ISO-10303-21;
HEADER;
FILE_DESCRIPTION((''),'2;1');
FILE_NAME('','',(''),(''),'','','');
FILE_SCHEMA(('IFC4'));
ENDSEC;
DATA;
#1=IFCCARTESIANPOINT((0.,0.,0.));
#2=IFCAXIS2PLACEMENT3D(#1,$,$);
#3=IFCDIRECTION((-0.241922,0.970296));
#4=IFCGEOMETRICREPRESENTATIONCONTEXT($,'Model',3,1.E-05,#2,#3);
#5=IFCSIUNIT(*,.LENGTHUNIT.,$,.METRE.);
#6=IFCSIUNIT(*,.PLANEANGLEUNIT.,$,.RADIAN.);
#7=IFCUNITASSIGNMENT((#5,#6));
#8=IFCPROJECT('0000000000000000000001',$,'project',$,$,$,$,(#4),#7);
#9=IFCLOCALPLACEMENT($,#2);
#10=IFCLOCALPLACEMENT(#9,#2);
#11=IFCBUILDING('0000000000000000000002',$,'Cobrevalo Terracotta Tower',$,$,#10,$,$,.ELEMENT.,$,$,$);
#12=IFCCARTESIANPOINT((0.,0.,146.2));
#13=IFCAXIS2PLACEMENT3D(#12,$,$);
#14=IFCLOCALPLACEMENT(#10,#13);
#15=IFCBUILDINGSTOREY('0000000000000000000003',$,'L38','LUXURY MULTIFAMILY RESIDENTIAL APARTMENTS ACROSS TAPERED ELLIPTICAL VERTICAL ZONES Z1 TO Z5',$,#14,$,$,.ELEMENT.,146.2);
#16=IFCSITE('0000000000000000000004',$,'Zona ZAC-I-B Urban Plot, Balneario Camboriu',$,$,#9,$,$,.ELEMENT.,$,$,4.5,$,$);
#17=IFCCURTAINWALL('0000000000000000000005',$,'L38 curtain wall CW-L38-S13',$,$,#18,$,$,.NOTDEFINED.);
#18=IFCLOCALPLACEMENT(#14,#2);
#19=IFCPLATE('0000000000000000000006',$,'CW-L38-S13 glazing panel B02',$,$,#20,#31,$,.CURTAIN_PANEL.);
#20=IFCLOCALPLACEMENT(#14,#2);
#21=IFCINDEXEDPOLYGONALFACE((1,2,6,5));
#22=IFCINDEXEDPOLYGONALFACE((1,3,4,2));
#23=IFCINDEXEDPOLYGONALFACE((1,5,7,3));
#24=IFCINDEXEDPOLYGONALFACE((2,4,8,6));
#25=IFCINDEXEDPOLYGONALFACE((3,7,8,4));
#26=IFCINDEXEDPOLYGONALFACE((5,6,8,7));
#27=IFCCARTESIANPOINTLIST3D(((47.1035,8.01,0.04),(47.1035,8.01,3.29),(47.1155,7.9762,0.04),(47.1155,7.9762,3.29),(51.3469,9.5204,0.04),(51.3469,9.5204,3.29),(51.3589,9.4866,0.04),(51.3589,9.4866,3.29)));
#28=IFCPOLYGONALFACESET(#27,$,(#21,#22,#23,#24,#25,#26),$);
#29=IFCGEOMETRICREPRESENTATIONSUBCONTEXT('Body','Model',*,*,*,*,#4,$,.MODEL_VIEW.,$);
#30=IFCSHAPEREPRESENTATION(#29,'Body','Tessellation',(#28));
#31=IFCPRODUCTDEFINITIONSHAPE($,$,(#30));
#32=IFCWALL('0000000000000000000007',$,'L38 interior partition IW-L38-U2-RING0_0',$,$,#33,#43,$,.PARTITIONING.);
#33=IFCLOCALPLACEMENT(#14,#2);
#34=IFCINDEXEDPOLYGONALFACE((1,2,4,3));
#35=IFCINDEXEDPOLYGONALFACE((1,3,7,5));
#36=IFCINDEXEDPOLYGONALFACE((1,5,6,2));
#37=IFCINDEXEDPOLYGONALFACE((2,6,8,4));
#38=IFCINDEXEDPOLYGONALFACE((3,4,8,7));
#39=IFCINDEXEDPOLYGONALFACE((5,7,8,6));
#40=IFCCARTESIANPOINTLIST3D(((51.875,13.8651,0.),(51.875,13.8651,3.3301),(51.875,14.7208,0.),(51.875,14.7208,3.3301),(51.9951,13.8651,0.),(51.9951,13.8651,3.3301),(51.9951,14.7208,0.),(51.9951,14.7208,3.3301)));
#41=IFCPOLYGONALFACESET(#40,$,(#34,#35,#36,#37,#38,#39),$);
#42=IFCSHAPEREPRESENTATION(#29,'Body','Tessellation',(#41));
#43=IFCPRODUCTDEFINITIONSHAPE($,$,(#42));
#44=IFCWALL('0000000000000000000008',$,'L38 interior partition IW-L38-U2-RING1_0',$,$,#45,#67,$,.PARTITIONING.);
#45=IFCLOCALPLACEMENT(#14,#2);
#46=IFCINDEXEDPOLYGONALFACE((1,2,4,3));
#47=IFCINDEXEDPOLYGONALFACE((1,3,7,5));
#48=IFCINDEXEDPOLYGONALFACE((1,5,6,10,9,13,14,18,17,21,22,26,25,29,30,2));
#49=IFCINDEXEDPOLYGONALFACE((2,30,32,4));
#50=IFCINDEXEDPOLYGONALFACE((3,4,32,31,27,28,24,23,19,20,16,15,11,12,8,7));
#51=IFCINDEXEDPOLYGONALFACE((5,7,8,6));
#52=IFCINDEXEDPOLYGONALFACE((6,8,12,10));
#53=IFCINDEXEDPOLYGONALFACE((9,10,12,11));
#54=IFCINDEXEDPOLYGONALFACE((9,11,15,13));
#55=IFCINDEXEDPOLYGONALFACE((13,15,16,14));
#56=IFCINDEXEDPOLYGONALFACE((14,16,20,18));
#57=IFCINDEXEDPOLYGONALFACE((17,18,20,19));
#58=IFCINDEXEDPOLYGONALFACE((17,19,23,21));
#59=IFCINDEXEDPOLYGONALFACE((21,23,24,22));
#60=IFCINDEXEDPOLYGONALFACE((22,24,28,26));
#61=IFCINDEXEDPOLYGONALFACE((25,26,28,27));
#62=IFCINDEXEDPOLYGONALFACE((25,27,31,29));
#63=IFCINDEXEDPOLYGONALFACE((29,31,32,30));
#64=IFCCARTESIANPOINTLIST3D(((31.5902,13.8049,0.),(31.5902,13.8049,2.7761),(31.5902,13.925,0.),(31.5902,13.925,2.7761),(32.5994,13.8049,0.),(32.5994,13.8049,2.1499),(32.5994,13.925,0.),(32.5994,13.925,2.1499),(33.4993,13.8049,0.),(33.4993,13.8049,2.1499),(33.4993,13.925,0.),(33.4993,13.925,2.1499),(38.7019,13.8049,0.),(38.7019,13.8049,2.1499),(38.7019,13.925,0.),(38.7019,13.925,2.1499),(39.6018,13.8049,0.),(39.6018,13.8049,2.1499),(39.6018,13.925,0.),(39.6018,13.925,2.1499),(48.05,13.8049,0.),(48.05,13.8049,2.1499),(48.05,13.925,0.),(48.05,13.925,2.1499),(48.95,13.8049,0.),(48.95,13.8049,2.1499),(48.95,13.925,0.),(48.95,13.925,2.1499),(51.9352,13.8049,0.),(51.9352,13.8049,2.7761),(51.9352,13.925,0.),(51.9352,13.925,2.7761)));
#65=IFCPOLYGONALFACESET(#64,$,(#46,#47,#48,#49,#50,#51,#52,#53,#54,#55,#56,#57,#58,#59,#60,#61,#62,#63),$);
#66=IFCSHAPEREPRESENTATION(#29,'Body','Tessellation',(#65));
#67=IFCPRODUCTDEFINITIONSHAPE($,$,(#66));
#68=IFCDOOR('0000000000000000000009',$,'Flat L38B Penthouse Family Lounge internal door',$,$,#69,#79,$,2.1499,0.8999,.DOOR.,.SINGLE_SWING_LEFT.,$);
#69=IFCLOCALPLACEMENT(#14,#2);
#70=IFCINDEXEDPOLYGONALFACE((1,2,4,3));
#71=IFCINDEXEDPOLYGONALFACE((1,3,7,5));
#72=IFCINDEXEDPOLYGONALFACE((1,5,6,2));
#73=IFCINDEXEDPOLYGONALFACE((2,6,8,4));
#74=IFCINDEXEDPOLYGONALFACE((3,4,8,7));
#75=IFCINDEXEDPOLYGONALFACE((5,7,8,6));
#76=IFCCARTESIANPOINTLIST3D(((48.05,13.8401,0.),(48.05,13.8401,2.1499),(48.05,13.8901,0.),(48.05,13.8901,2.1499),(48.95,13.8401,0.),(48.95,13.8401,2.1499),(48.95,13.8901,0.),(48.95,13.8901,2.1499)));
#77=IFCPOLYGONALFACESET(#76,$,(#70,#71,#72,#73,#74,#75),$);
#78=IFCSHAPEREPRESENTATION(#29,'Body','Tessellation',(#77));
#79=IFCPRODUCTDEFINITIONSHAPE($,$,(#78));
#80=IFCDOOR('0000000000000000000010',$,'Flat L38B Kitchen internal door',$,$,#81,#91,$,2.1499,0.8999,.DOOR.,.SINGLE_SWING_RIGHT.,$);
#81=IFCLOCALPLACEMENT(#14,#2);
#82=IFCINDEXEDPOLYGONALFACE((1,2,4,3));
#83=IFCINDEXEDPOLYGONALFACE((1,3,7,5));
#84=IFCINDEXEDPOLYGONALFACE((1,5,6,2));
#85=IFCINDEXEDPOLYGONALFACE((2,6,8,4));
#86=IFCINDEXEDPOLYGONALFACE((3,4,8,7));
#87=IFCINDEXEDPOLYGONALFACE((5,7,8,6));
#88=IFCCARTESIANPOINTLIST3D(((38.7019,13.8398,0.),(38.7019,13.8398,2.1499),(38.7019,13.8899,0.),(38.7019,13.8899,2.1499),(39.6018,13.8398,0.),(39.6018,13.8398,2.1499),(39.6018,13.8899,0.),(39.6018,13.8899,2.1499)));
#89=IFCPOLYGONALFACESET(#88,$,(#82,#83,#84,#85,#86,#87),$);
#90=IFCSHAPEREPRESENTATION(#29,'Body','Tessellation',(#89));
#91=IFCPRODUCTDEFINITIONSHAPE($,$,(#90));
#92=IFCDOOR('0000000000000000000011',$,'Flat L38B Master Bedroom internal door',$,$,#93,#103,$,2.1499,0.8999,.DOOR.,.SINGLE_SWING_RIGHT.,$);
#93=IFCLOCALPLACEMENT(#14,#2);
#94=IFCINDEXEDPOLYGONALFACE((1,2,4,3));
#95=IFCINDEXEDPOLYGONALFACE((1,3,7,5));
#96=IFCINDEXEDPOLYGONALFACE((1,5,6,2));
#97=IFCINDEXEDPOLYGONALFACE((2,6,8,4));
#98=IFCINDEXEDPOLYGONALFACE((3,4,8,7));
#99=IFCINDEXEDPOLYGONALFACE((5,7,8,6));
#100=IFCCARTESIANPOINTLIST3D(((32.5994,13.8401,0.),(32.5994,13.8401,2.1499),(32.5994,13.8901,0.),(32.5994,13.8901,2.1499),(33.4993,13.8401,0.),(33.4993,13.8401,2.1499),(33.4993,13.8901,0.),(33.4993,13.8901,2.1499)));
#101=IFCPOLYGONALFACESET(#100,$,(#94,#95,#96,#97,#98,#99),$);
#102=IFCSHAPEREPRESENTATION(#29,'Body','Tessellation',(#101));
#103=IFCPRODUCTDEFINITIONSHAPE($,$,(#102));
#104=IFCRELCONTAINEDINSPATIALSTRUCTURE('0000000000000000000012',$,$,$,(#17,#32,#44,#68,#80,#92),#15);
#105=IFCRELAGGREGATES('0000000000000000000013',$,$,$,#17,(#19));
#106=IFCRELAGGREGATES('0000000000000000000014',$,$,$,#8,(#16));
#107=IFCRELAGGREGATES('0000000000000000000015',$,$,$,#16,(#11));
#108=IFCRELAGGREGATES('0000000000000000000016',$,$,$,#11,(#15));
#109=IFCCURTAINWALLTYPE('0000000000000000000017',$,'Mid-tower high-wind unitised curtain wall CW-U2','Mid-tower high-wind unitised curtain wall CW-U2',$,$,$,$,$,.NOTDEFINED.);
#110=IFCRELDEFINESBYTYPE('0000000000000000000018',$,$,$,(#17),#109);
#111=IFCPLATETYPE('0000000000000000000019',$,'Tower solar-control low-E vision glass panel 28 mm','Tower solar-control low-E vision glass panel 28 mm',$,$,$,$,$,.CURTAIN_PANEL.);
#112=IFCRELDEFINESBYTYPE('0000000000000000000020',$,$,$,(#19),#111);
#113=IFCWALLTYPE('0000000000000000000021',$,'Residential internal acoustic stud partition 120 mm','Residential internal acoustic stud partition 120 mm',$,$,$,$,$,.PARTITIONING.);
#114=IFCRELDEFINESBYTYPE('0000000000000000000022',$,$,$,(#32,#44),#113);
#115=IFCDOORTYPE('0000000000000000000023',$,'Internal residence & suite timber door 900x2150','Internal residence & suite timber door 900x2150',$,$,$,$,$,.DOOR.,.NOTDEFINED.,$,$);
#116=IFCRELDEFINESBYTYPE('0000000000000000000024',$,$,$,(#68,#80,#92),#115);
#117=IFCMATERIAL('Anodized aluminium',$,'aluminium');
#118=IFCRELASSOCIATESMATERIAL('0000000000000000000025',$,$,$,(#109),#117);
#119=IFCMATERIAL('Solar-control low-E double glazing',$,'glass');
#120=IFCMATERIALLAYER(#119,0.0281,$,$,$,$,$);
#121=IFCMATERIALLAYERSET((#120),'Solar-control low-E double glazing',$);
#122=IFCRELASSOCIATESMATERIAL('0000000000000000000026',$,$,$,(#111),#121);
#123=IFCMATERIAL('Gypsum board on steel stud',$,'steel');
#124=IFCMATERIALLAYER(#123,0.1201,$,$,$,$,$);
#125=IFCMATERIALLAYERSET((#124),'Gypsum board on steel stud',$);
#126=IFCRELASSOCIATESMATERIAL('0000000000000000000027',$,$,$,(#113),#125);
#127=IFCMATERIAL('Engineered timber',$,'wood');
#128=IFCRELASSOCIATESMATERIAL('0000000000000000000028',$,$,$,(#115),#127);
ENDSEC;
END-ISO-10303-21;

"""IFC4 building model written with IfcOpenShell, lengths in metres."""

from ifc_helpers import new_model, si_unit, direction, frame, frame_2d, origin, origin_2d, place, context, subcontext, project, spatial, rectangle, extrude, source, transform, mapped, material, layer, layer_set, type_object, element, fill, aggregate, save


model = new_model("IFC4")

# Units and contexts
model_context = context("Model", 3, precision=1e-05, world=origin(), true_north=direction((-0.241922, 0.970296)))
body_context = subcontext(model_context, "Body", "Model", "MODEL_VIEW")
ifc_project = project(units=[si_unit("LENGTHUNIT", "METRE"), si_unit("PLANEANGLEUNIT", "RADIAN")], contexts=[model_context])

# Site, building, storey
site_placement = place(None, origin())
site = spatial("IfcSite", under=ifc_project, at=site_placement, Name="Zona ZAC-I-B Urban Plot, Balneario Camboriu", CompositionType="ELEMENT", RefElevation=4.5)
building_placement = place(site_placement, origin())
building = spatial("IfcBuilding", under=site, at=building_placement, Name="Cobrevalo Terracotta Tower", CompositionType="ELEMENT")
storey_placement = place(building_placement, frame((0.0, 0.0, 146.2)))
storey = spatial("IfcBuildingStorey", under=building, at=storey_placement, Name="L38", Description="LUXURY MULTIFAMILY RESIDENTIAL APARTMENTS ACROSS TAPERED ELLIPTICAL VERTICAL ZONES Z1 TO Z5", CompositionType="ELEMENT", Elevation=146.2)

# Curtain wall
ifc_material_1 = material(Name="Anodized aluminium", Category="aluminium")
curtain_wall_type = type_object("IfcCurtainWallType", Name="Mid-tower high-wind unitised curtain wall CW-U2", Description="Mid-tower high-wind unitised curtain wall CW-U2", PredefinedType="NOTDEFINED", material=ifc_material_1)
curtain_wall_1_placement = place(storey_placement, origin())
curtain_wall_1 = element("IfcCurtainWall", 1, at=curtain_wall_1_placement, inside=storey, type_object=curtain_wall_type, Name="L38 curtain wall CW-L38-S13", PredefinedType="NOTDEFINED")

# Plate
ifc_material_2 = material(Name="Solar-control low-E double glazing", Category="glass")
ifc_layer_1 = layer(ifc_material_2, 0.0281)
ifc_layer_set_1 = layer_set([ifc_layer_1], Name="Solar-control low-E double glazing")
plate_type = type_object("IfcPlateType", Name="Tower solar-control low-E vision glass panel 28 mm", Description="Tower solar-control low-E vision glass panel 28 mm", PredefinedType="CURTAIN_PANEL", material=ifc_layer_set_1)
shared_shape_1 = source(origin(), body_context, "Body", "SweptSolid", [
    extrude(rectangle(XDim=4.5042, YDim=0.0359, at=origin_2d()), origin(), (0.0, 0.0, 1.0), 3.25),
])
plate_1_placement = place(storey_placement, frame((49.2312, 8.7483, 0.04), z_axis=(0.0, 0.0, 1.0), x_axis=(0.942098, 0.335336, 0.0)))
plate_1 = element("IfcPlate", 2, at=plate_1_placement, type_object=plate_type, Name="CW-L38-S13 glazing panel B02", PredefinedType="CURTAIN_PANEL", context=body_context, shape_type="MappedRepresentation", body=[
    mapped(shared_shape_1, transform((0.0, 0.0, 0.0), scale=1.0)),
])
aggregate(curtain_wall_1, [plate_1])

# Wall
ifc_material_3 = material(Name="Gypsum board on steel stud", Category="steel")
ifc_layer_2 = layer(ifc_material_3, 0.1201)
ifc_layer_set_2 = layer_set([ifc_layer_2], Name="Gypsum board on steel stud")
wall_type = type_object("IfcWallType", Name="Residential internal acoustic stud partition 120 mm", Description="Residential internal acoustic stud partition 120 mm", PredefinedType="PARTITIONING", material=ifc_layer_set_2)
wall_1_placement = place(storey_placement, frame((51.9351, 14.7207, 0.0), z_axis=(0.0, 0.0, 1.0), x_axis=(0.0, -1.0, 0.0)))
element("IfcWall", 3, at=wall_1_placement, inside=storey, type_object=wall_type, Name="L38 interior partition IW-L38-U2-RING0_0", PredefinedType="PARTITIONING", context=body_context, shape_type="SweptSolid", body=[
    extrude(rectangle(XDim=0.8557, YDim=0.1201, at=frame_2d((0.4277, 0.0))), origin(), (0.0, 0.0, 1.0), 3.3301),
])

# Wall, openings, doors
wall_2_placement = place(storey_placement, frame((51.9351, 13.865, 0.0), z_axis=(0.0, 0.0, 1.0), x_axis=(-1.0, 0.0, 0.0)))
wall_2 = element("IfcWall", 4, at=wall_2_placement, inside=storey, type_object=wall_type, Name="L38 interior partition IW-L38-U2-RING1_0", PredefinedType="PARTITIONING", context=body_context, shape_type="SweptSolid", body=[
    extrude(rectangle(XDim=20.345, YDim=0.1201, at=frame_2d((10.1724, 0.0))), origin(), (0.0, 0.0, 1.0), 2.7761),
])
opening_1_placement = place(wall_2_placement, frame((2.9851, 0.0, 0.0)))
opening_1 = element("IfcOpeningElement", 5, at=opening_1_placement, cuts=wall_2, PredefinedType="OPENING", context=body_context, shape_type="SweptSolid", body=[
    extrude(rectangle(XDim=0.8999, YDim=2.1499, at=frame_2d((0.45, 1.075))), frame((0.0, 0.0701, 0.0), z_axis=(0.0, -1.0, 0.0), x_axis=(1.0, 0.0, 0.0)), (0.0, 0.0, 1.0), 0.1401),
])
opening_2_placement = place(wall_2_placement, frame((12.3333, 0.0, 0.0)))
opening_2 = element("IfcOpeningElement", 6, at=opening_2_placement, cuts=wall_2, PredefinedType="OPENING", context=body_context, shape_type="SweptSolid", body=[
    extrude(rectangle(XDim=0.8999, YDim=2.1499, at=frame_2d((0.45, 1.075))), frame((0.0, 0.0701, 0.0), z_axis=(0.0, -1.0, 0.0), x_axis=(1.0, 0.0, 0.0)), (0.0, 0.0, 1.0), 0.1401),
])
opening_3_placement = place(wall_2_placement, frame((18.4358, 0.0, 0.0)))
opening_3 = element("IfcOpeningElement", 7, at=opening_3_placement, cuts=wall_2, PredefinedType="OPENING", context=body_context, shape_type="SweptSolid", body=[
    extrude(rectangle(XDim=0.8999, YDim=2.1499, at=frame_2d((0.45, 1.075))), frame((0.0, 0.0701, 0.0), z_axis=(0.0, -1.0, 0.0), x_axis=(1.0, 0.0, 0.0)), (0.0, 0.0, 1.0), 0.1401),
])
ifc_material_4 = material(Name="Engineered timber", Category="wood")
door_type = type_object("IfcDoorType", Name="Internal residence & suite timber door 900x2150", Description="Internal residence & suite timber door 900x2150", OperationType="NOTDEFINED", PredefinedType="DOOR", material=ifc_material_4)
shared_shape_2 = source(origin(), body_context, "Body", "SweptSolid", [
    extrude(rectangle(XDim=0.8999, YDim=2.1499, at=frame_2d((0.45, 1.075))), frame((0.0, 0.0249, 0.0), z_axis=(0.0, -1.0, 0.0), x_axis=(1.0, 0.0, 0.0)), (0.0, 0.0, 1.0), 0.05),
])
door_1_placement = place(opening_1_placement, origin())
door_1 = element("IfcDoor", 8, at=door_1_placement, inside=storey, type_object=door_type, Name="Flat L38B Penthouse Family Lounge internal door", OperationType="SINGLE_SWING_LEFT", OverallHeight=2.1499, OverallWidth=0.8999, PredefinedType="DOOR", context=body_context, shape_type="MappedRepresentation", body=[
    mapped(shared_shape_2, transform((0.0, 0.0, 0.0), scale=1.0)),
])
fill(opening_1, door_1)
door_2_placement = place(opening_2_placement, frame((0.8999, 0.0, 0.0), z_axis=(0.0, 0.0, 1.0), x_axis=(-1.0, 0.0, 0.0)))
door_2 = element("IfcDoor", 9, at=door_2_placement, inside=storey, type_object=door_type, Name="Flat L38B Kitchen internal door", OperationType="SINGLE_SWING_RIGHT", OverallHeight=2.1499, OverallWidth=0.8999, PredefinedType="DOOR", context=body_context, shape_type="MappedRepresentation", body=[
    mapped(shared_shape_2, transform((0.0, 0.0, 0.0), scale=1.0)),
])
fill(opening_2, door_2)
door_3_placement = place(opening_3_placement, origin())
door_3 = element("IfcDoor", 10, at=door_3_placement, inside=storey, type_object=door_type, Name="Flat L38B Master Bedroom internal door", OperationType="SINGLE_SWING_RIGHT", OverallHeight=2.1499, OverallWidth=0.8999, PredefinedType="DOOR", context=body_context, shape_type="MappedRepresentation", body=[
    mapped(shared_shape_2, transform((0.0, 0.0, 0.0), scale=1.0)),
])
fill(opening_3, door_3)

save(model, "model.ifc")
